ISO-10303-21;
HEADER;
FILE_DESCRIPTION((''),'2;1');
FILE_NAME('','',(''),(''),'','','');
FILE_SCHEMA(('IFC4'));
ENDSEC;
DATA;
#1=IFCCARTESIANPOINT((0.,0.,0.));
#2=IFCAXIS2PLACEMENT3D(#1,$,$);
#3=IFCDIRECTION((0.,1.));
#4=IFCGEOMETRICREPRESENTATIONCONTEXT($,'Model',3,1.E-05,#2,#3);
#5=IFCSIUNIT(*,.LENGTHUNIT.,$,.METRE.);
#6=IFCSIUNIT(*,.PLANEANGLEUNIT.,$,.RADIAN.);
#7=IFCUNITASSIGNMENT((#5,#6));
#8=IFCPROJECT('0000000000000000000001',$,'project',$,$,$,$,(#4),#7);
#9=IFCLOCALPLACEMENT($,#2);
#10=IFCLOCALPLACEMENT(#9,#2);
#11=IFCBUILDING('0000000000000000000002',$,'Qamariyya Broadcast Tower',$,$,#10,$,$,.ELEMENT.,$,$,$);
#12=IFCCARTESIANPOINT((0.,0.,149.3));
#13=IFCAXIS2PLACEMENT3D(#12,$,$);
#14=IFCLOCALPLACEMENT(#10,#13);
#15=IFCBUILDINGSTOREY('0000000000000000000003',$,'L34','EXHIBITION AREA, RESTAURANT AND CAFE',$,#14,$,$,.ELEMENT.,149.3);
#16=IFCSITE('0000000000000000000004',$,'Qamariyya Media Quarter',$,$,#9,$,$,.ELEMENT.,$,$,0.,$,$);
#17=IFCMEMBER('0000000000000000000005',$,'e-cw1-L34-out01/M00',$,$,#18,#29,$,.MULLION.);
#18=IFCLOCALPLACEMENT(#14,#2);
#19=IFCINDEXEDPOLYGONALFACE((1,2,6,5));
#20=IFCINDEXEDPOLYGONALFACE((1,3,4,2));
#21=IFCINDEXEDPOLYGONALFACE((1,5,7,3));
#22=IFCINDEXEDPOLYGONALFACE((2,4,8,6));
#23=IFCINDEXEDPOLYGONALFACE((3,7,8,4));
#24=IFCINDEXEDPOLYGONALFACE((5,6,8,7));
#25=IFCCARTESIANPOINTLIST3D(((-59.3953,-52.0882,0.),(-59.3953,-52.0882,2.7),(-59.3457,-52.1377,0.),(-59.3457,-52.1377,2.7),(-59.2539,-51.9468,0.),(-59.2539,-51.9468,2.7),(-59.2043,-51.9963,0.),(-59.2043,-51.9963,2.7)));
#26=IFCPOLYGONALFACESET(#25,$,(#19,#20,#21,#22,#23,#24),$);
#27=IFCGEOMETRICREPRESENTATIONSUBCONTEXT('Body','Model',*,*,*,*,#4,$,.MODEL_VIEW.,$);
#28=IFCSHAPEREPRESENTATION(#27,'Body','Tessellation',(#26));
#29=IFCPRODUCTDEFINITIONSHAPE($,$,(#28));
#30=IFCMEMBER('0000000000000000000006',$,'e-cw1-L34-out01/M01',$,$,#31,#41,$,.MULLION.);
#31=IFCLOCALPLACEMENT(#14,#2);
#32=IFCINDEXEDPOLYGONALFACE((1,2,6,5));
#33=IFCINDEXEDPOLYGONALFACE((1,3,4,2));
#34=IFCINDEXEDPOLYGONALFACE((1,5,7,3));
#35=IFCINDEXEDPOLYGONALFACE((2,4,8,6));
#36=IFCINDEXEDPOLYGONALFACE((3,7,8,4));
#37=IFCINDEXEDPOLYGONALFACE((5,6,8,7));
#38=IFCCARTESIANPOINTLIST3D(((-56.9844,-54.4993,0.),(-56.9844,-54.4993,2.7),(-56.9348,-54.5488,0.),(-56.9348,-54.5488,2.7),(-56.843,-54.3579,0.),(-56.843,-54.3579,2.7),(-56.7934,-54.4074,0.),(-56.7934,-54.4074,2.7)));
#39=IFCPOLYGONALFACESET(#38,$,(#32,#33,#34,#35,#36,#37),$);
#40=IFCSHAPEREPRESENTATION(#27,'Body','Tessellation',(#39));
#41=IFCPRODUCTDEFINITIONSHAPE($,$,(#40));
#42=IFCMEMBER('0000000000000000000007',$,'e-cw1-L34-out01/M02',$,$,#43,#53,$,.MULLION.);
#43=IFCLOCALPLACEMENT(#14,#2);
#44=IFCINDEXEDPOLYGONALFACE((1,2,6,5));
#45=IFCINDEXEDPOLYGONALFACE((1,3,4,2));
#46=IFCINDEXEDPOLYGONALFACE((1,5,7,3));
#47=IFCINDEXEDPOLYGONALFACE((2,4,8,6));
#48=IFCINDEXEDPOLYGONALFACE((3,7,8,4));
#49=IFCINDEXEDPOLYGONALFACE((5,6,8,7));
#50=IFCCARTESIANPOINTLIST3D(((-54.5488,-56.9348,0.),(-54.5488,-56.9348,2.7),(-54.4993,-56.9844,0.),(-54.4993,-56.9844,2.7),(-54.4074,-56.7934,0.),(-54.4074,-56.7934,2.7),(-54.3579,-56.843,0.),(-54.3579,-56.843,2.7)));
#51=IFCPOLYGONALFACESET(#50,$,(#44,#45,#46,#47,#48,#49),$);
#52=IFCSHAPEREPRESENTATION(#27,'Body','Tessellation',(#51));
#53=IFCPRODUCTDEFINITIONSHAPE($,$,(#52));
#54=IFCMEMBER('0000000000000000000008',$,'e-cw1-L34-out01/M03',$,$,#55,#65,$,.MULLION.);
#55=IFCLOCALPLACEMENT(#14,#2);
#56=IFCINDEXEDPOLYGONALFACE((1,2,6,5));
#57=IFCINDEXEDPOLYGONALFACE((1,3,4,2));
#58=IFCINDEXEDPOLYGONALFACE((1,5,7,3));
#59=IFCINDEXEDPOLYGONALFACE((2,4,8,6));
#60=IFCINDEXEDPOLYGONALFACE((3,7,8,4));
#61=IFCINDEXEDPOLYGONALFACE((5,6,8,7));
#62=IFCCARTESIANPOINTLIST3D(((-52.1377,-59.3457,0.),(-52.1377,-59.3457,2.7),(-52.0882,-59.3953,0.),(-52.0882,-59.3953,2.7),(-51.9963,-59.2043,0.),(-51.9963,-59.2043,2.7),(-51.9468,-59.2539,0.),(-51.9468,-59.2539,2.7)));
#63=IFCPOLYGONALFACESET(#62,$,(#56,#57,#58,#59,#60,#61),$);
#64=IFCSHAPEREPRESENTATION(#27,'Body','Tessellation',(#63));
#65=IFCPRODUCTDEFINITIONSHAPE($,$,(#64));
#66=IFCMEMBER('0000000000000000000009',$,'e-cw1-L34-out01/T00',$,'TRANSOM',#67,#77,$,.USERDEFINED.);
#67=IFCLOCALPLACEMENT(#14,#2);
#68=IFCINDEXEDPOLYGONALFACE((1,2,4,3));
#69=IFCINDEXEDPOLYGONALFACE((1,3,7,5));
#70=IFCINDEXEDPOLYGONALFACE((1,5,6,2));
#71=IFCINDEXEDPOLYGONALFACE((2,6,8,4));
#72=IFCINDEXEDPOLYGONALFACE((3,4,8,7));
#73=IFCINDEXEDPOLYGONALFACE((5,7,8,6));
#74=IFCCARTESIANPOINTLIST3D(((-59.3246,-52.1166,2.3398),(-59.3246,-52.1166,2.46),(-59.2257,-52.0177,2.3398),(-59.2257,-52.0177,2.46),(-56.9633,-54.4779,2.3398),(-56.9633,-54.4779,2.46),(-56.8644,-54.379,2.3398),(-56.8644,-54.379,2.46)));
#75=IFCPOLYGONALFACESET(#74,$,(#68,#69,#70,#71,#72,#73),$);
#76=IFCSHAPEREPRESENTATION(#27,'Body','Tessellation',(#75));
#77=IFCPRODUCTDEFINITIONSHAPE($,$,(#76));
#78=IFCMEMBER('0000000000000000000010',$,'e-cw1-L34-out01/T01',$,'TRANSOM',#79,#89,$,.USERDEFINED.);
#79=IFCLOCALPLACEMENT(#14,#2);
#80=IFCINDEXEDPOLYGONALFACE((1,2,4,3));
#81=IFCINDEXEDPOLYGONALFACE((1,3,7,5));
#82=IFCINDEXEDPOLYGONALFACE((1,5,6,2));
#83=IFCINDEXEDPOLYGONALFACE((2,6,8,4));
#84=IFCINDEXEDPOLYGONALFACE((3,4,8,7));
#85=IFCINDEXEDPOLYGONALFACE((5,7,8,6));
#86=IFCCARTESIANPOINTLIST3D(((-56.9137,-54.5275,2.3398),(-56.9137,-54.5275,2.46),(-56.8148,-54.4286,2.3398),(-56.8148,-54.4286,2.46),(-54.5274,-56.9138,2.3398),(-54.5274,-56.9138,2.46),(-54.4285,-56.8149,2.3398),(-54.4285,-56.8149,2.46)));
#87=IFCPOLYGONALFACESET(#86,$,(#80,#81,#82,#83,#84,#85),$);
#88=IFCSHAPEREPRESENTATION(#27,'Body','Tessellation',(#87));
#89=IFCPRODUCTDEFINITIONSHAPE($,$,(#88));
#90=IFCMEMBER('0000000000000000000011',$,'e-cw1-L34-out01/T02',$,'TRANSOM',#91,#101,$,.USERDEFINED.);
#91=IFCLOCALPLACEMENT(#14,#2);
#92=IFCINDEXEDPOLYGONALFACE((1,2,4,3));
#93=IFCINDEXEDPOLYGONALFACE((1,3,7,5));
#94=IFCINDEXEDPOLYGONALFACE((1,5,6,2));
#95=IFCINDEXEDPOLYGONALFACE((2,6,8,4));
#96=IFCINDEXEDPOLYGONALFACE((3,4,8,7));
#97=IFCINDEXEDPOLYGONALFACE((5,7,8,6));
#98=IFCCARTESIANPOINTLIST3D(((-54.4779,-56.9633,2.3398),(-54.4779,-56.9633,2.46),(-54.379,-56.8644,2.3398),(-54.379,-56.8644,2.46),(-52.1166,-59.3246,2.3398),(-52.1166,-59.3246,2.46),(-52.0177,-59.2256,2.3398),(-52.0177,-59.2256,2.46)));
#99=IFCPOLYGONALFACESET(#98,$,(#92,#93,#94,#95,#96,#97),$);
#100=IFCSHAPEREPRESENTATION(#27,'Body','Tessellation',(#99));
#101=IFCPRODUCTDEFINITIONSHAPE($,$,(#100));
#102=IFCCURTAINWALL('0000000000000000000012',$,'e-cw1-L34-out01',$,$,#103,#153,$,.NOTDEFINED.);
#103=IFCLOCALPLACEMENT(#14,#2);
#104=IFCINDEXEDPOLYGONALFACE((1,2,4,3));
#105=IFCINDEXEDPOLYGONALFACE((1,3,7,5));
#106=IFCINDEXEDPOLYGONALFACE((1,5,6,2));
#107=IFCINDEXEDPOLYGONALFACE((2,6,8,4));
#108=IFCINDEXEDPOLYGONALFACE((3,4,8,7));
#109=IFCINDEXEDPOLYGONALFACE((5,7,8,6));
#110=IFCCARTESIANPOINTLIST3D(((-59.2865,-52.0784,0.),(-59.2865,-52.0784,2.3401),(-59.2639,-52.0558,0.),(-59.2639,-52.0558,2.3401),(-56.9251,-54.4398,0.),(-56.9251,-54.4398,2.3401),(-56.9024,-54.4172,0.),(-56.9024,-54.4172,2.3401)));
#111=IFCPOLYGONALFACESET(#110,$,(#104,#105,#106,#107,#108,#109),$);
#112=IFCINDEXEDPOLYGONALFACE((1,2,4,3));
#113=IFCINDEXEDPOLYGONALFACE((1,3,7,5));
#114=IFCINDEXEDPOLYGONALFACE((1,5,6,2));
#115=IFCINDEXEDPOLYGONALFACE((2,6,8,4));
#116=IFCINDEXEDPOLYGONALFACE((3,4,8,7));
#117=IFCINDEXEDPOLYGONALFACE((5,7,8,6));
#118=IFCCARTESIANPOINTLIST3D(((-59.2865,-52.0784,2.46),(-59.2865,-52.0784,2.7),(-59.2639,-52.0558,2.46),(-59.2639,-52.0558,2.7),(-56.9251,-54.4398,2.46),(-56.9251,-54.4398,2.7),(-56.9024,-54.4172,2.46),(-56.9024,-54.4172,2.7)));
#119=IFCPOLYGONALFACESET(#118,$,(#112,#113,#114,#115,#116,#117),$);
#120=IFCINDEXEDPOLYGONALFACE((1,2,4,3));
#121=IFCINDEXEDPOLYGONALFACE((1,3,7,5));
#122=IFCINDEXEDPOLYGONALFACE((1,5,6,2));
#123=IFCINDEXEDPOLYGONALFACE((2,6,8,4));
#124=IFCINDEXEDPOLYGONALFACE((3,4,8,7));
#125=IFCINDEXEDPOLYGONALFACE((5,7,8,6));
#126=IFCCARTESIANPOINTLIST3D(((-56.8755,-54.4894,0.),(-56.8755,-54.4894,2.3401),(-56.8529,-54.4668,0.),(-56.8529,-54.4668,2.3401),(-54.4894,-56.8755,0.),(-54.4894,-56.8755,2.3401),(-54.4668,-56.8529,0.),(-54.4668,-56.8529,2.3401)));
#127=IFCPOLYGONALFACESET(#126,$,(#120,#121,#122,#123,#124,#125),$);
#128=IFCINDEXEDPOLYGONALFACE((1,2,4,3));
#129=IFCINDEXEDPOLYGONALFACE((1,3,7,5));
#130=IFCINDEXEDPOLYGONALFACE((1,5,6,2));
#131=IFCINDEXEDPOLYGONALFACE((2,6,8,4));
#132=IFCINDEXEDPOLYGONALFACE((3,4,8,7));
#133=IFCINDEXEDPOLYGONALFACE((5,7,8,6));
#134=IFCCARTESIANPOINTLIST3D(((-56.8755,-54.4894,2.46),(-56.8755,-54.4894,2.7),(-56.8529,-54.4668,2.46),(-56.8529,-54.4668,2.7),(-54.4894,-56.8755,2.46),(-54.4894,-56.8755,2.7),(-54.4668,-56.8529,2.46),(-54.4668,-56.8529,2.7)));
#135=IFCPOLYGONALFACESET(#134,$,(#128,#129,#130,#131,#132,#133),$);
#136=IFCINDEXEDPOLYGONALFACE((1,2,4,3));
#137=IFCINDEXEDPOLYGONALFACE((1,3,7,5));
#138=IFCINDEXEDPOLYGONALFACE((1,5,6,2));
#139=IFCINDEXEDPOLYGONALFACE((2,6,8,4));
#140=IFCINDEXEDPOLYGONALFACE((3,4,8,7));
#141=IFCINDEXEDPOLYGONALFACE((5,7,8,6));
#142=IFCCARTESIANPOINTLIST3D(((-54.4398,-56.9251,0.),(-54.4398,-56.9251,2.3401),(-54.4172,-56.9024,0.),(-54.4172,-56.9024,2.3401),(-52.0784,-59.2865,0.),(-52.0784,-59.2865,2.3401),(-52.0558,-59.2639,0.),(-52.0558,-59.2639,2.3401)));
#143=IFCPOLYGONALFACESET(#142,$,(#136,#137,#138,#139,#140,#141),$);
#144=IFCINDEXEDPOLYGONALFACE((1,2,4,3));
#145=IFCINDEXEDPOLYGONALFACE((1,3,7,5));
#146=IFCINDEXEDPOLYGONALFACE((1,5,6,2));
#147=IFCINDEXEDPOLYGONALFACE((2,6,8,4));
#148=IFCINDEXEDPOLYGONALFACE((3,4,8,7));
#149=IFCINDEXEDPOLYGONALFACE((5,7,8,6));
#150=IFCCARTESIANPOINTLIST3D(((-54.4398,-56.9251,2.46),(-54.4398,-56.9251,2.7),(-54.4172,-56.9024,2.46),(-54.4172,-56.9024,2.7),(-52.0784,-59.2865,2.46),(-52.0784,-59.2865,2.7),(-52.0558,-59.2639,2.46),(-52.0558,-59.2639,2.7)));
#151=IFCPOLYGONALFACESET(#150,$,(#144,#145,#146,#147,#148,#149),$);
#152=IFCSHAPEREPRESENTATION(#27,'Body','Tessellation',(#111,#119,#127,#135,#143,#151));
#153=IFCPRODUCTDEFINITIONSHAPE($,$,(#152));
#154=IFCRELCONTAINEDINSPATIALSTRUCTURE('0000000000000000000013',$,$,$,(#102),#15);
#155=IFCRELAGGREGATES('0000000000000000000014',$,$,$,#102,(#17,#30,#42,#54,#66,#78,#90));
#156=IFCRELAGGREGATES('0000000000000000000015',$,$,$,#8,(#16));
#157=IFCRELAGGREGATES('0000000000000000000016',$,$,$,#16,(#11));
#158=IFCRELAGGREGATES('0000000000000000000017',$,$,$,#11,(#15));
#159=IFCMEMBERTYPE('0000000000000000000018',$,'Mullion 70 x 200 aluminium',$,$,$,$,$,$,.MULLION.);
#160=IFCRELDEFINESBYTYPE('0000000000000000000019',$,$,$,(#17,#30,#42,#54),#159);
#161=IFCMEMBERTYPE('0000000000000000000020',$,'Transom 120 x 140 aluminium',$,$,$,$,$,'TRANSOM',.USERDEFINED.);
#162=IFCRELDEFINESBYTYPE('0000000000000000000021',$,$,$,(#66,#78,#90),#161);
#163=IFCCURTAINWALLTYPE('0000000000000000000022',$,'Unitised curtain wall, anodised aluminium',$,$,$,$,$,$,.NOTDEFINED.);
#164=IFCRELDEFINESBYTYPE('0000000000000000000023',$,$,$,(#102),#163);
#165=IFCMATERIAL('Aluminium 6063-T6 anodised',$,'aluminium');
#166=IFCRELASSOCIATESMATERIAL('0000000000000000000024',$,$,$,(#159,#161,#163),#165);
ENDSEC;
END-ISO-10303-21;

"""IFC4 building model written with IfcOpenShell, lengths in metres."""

from ifc_helpers import new_model, si_unit, direction, frame, origin, origin_2d, place, context, subcontext, project, spatial, rectangle, extrude, material, material_profile, profile_set, type_object, element, aggregate, save


model = new_model("IFC4")

# Units and contexts
model_context = context("Model", 3, precision=1e-05, world=origin(), true_north=direction((0.0, 1.0)))
body_context = subcontext(model_context, "Body", "Model", "MODEL_VIEW")
ifc_project = project(units=[si_unit("LENGTHUNIT", "METRE"), si_unit("PLANEANGLEUNIT", "RADIAN")], contexts=[model_context])

# Members
ifc_material_1 = material(Name="Aluminium 6063-T6 anodised", Category="aluminium")
ifc_material_profile_1 = material_profile(ifc_material_1, rectangle(XDim=0.2, YDim=0.0701, at=origin_2d()))
ifc_profile_set_1 = profile_set([ifc_material_profile_1], Name="Aluminium 6063-T6 anodised")
member_type_1 = type_object("IfcMemberType", Name="Mullion 70 x 200 aluminium", PredefinedType="MULLION", material=ifc_profile_set_1)
site_placement = place(None, origin())
building_placement = place(site_placement, origin())
storey_placement = place(building_placement, frame((0.0, 0.0, 149.3)))
member_1_placement = place(storey_placement, frame((-59.2998, -52.0422, 0.0), z_axis=(0.0, 0.0, 1.0), x_axis=(0.707107, 0.707107, 0.0)))
member_1 = element("IfcMember", 1, at=member_1_placement, type_object=member_type_1, Name="e-cw1-L34-out01/M00", PredefinedType="MULLION", context=body_context, shape_type="SweptSolid", body=[
    extrude(rectangle(XDim=0.2, YDim=0.0701, at=origin_2d()), origin(), (0.0, 0.0, 1.0), 2.7),
])
member_2_placement = place(storey_placement, frame((-56.8889, -54.4534, 0.0), z_axis=(0.0, 0.0, 1.0), x_axis=(0.707107, 0.707107, 0.0)))
member_2 = element("IfcMember", 2, at=member_2_placement, type_object=member_type_1, Name="e-cw1-L34-out01/M01", PredefinedType="MULLION", context=body_context, shape_type="SweptSolid", body=[
    extrude(rectangle(XDim=0.2, YDim=0.0701, at=origin_2d()), origin(), (0.0, 0.0, 1.0), 2.7),
])
member_3_placement = place(storey_placement, frame((-54.4534, -56.8889, 0.0), z_axis=(0.0, 0.0, 1.0), x_axis=(0.707107, 0.707107, 0.0)))
member_3 = element("IfcMember", 3, at=member_3_placement, type_object=member_type_1, Name="e-cw1-L34-out01/M02", PredefinedType="MULLION", context=body_context, shape_type="SweptSolid", body=[
    extrude(rectangle(XDim=0.2, YDim=0.0701, at=origin_2d()), origin(), (0.0, 0.0, 1.0), 2.7),
])
member_4_placement = place(storey_placement, frame((-52.0422, -59.2998, 0.0), z_axis=(0.0, 0.0, 1.0), x_axis=(0.707107, 0.707107, 0.0)))
member_4 = element("IfcMember", 4, at=member_4_placement, type_object=member_type_1, Name="e-cw1-L34-out01/M03", PredefinedType="MULLION", context=body_context, shape_type="SweptSolid", body=[
    extrude(rectangle(XDim=0.2, YDim=0.0701, at=origin_2d()), origin(), (0.0, 0.0, 1.0), 2.7),
])
ifc_material_profile_2 = material_profile(ifc_material_1, rectangle(XDim=0.1399, YDim=0.1201, at=origin_2d()))
ifc_profile_set_2 = profile_set([ifc_material_profile_2], Name="Aluminium 6063-T6 anodised")
member_type_2 = type_object("IfcMemberType", Name="Transom 120 x 140 aluminium", ElementType="TRANSOM", PredefinedType="USERDEFINED", material=ifc_profile_set_2)
member_5_placement = place(storey_placement, frame((-59.2751, -52.0671, 2.3999), z_axis=(0.707107, -0.707107, 0.0), x_axis=(0.707107, 0.707107, 0.0)))
member_5 = element("IfcMember", 5, at=member_5_placement, type_object=member_type_2, Name="e-cw1-L34-out01/T00", ObjectType="TRANSOM", PredefinedType="USERDEFINED", context=body_context, shape_type="SweptSolid", body=[
    extrude(rectangle(XDim=0.1399, YDim=0.1201, at=origin_2d()), origin(), (0.0, 0.0, 1.0), 3.3394),
])
member_6_placement = place(storey_placement, frame((-56.8643, -54.478, 2.3999), z_axis=(0.707107, -0.707107, 0.0), x_axis=(0.707107, 0.707107, 0.0)))
member_6 = element("IfcMember", 6, at=member_6_placement, type_object=member_type_2, Name="e-cw1-L34-out01/T01", ObjectType="TRANSOM", PredefinedType="USERDEFINED", context=body_context, shape_type="SweptSolid", body=[
    extrude(rectangle(XDim=0.1399, YDim=0.1201, at=origin_2d()), origin(), (0.0, 0.0, 1.0), 3.3748),
])
member_7_placement = place(storey_placement, frame((-54.4285, -56.9138, 2.3999), z_axis=(0.707107, -0.707107, 0.0), x_axis=(0.707107, 0.707107, 0.0)))
member_7 = element("IfcMember", 7, at=member_7_placement, type_object=member_type_2, Name="e-cw1-L34-out01/T02", ObjectType="TRANSOM", PredefinedType="USERDEFINED", context=body_context, shape_type="SweptSolid", body=[
    extrude(rectangle(XDim=0.1399, YDim=0.1201, at=origin_2d()), origin(), (0.0, 0.0, 1.0), 3.3394),
])

# Site, building, storey
site = spatial("IfcSite", under=ifc_project, at=site_placement, Name="Qamariyya Media Quarter", CompositionType="ELEMENT", RefElevation=0.0)
building = spatial("IfcBuilding", under=site, at=building_placement, Name="Qamariyya Broadcast Tower", CompositionType="ELEMENT")
storey = spatial("IfcBuildingStorey", under=building, at=storey_placement, Name="L34", Description="EXHIBITION AREA, RESTAURANT AND CAFE", CompositionType="ELEMENT", Elevation=149.3)

# Curtain wall
curtain_wall_type = type_object("IfcCurtainWallType", Name="Unitised curtain wall, anodised aluminium", PredefinedType="NOTDEFINED", material=ifc_material_1)
curtain_wall_1_placement = place(storey_placement, origin())
curtain_wall_1 = element("IfcCurtainWall", 8, at=curtain_wall_1_placement, inside=storey, type_object=curtain_wall_type, Name="e-cw1-L34-out01", PredefinedType="NOTDEFINED", context=body_context, shape_type="SweptSolid", body=[
    extrude(rectangle(XDim=3.3396, YDim=0.032, at=origin_2d()), frame((-58.0945, -53.2478, 0.0), x_axis=(0.707107, -0.707107, 0.0)), (0.0, 0.0, 1.0), 2.3401),
    extrude(rectangle(XDim=3.3396, YDim=0.032, at=origin_2d()), frame((-58.0945, -53.2478, 2.46), x_axis=(0.707107, -0.707107, 0.0)), (0.0, 0.0, 1.0), 0.24),
    extrude(rectangle(XDim=3.3745, YDim=0.032, at=origin_2d()), frame((-55.6711, -55.6711, 0.0), x_axis=(0.707107, -0.707107, 0.0)), (0.0, 0.0, 1.0), 2.3401),
    extrude(rectangle(XDim=3.3745, YDim=0.032, at=origin_2d()), frame((-55.6711, -55.6711, 2.46), x_axis=(0.707107, -0.707107, 0.0)), (0.0, 0.0, 1.0), 0.24),
    extrude(rectangle(XDim=3.3396, YDim=0.032, at=origin_2d()), frame((-53.2478, -58.0945, 0.0), x_axis=(0.707107, -0.707107, 0.0)), (0.0, 0.0, 1.0), 2.3401),
    extrude(rectangle(XDim=3.3396, YDim=0.032, at=origin_2d()), frame((-53.2478, -58.0945, 2.46), x_axis=(0.707107, -0.707107, 0.0)), (0.0, 0.0, 1.0), 0.24),
])
aggregate(curtain_wall_1, [member_1, member_2, member_3, member_4, member_5, member_6, member_7])

save(model, "model.ifc")
